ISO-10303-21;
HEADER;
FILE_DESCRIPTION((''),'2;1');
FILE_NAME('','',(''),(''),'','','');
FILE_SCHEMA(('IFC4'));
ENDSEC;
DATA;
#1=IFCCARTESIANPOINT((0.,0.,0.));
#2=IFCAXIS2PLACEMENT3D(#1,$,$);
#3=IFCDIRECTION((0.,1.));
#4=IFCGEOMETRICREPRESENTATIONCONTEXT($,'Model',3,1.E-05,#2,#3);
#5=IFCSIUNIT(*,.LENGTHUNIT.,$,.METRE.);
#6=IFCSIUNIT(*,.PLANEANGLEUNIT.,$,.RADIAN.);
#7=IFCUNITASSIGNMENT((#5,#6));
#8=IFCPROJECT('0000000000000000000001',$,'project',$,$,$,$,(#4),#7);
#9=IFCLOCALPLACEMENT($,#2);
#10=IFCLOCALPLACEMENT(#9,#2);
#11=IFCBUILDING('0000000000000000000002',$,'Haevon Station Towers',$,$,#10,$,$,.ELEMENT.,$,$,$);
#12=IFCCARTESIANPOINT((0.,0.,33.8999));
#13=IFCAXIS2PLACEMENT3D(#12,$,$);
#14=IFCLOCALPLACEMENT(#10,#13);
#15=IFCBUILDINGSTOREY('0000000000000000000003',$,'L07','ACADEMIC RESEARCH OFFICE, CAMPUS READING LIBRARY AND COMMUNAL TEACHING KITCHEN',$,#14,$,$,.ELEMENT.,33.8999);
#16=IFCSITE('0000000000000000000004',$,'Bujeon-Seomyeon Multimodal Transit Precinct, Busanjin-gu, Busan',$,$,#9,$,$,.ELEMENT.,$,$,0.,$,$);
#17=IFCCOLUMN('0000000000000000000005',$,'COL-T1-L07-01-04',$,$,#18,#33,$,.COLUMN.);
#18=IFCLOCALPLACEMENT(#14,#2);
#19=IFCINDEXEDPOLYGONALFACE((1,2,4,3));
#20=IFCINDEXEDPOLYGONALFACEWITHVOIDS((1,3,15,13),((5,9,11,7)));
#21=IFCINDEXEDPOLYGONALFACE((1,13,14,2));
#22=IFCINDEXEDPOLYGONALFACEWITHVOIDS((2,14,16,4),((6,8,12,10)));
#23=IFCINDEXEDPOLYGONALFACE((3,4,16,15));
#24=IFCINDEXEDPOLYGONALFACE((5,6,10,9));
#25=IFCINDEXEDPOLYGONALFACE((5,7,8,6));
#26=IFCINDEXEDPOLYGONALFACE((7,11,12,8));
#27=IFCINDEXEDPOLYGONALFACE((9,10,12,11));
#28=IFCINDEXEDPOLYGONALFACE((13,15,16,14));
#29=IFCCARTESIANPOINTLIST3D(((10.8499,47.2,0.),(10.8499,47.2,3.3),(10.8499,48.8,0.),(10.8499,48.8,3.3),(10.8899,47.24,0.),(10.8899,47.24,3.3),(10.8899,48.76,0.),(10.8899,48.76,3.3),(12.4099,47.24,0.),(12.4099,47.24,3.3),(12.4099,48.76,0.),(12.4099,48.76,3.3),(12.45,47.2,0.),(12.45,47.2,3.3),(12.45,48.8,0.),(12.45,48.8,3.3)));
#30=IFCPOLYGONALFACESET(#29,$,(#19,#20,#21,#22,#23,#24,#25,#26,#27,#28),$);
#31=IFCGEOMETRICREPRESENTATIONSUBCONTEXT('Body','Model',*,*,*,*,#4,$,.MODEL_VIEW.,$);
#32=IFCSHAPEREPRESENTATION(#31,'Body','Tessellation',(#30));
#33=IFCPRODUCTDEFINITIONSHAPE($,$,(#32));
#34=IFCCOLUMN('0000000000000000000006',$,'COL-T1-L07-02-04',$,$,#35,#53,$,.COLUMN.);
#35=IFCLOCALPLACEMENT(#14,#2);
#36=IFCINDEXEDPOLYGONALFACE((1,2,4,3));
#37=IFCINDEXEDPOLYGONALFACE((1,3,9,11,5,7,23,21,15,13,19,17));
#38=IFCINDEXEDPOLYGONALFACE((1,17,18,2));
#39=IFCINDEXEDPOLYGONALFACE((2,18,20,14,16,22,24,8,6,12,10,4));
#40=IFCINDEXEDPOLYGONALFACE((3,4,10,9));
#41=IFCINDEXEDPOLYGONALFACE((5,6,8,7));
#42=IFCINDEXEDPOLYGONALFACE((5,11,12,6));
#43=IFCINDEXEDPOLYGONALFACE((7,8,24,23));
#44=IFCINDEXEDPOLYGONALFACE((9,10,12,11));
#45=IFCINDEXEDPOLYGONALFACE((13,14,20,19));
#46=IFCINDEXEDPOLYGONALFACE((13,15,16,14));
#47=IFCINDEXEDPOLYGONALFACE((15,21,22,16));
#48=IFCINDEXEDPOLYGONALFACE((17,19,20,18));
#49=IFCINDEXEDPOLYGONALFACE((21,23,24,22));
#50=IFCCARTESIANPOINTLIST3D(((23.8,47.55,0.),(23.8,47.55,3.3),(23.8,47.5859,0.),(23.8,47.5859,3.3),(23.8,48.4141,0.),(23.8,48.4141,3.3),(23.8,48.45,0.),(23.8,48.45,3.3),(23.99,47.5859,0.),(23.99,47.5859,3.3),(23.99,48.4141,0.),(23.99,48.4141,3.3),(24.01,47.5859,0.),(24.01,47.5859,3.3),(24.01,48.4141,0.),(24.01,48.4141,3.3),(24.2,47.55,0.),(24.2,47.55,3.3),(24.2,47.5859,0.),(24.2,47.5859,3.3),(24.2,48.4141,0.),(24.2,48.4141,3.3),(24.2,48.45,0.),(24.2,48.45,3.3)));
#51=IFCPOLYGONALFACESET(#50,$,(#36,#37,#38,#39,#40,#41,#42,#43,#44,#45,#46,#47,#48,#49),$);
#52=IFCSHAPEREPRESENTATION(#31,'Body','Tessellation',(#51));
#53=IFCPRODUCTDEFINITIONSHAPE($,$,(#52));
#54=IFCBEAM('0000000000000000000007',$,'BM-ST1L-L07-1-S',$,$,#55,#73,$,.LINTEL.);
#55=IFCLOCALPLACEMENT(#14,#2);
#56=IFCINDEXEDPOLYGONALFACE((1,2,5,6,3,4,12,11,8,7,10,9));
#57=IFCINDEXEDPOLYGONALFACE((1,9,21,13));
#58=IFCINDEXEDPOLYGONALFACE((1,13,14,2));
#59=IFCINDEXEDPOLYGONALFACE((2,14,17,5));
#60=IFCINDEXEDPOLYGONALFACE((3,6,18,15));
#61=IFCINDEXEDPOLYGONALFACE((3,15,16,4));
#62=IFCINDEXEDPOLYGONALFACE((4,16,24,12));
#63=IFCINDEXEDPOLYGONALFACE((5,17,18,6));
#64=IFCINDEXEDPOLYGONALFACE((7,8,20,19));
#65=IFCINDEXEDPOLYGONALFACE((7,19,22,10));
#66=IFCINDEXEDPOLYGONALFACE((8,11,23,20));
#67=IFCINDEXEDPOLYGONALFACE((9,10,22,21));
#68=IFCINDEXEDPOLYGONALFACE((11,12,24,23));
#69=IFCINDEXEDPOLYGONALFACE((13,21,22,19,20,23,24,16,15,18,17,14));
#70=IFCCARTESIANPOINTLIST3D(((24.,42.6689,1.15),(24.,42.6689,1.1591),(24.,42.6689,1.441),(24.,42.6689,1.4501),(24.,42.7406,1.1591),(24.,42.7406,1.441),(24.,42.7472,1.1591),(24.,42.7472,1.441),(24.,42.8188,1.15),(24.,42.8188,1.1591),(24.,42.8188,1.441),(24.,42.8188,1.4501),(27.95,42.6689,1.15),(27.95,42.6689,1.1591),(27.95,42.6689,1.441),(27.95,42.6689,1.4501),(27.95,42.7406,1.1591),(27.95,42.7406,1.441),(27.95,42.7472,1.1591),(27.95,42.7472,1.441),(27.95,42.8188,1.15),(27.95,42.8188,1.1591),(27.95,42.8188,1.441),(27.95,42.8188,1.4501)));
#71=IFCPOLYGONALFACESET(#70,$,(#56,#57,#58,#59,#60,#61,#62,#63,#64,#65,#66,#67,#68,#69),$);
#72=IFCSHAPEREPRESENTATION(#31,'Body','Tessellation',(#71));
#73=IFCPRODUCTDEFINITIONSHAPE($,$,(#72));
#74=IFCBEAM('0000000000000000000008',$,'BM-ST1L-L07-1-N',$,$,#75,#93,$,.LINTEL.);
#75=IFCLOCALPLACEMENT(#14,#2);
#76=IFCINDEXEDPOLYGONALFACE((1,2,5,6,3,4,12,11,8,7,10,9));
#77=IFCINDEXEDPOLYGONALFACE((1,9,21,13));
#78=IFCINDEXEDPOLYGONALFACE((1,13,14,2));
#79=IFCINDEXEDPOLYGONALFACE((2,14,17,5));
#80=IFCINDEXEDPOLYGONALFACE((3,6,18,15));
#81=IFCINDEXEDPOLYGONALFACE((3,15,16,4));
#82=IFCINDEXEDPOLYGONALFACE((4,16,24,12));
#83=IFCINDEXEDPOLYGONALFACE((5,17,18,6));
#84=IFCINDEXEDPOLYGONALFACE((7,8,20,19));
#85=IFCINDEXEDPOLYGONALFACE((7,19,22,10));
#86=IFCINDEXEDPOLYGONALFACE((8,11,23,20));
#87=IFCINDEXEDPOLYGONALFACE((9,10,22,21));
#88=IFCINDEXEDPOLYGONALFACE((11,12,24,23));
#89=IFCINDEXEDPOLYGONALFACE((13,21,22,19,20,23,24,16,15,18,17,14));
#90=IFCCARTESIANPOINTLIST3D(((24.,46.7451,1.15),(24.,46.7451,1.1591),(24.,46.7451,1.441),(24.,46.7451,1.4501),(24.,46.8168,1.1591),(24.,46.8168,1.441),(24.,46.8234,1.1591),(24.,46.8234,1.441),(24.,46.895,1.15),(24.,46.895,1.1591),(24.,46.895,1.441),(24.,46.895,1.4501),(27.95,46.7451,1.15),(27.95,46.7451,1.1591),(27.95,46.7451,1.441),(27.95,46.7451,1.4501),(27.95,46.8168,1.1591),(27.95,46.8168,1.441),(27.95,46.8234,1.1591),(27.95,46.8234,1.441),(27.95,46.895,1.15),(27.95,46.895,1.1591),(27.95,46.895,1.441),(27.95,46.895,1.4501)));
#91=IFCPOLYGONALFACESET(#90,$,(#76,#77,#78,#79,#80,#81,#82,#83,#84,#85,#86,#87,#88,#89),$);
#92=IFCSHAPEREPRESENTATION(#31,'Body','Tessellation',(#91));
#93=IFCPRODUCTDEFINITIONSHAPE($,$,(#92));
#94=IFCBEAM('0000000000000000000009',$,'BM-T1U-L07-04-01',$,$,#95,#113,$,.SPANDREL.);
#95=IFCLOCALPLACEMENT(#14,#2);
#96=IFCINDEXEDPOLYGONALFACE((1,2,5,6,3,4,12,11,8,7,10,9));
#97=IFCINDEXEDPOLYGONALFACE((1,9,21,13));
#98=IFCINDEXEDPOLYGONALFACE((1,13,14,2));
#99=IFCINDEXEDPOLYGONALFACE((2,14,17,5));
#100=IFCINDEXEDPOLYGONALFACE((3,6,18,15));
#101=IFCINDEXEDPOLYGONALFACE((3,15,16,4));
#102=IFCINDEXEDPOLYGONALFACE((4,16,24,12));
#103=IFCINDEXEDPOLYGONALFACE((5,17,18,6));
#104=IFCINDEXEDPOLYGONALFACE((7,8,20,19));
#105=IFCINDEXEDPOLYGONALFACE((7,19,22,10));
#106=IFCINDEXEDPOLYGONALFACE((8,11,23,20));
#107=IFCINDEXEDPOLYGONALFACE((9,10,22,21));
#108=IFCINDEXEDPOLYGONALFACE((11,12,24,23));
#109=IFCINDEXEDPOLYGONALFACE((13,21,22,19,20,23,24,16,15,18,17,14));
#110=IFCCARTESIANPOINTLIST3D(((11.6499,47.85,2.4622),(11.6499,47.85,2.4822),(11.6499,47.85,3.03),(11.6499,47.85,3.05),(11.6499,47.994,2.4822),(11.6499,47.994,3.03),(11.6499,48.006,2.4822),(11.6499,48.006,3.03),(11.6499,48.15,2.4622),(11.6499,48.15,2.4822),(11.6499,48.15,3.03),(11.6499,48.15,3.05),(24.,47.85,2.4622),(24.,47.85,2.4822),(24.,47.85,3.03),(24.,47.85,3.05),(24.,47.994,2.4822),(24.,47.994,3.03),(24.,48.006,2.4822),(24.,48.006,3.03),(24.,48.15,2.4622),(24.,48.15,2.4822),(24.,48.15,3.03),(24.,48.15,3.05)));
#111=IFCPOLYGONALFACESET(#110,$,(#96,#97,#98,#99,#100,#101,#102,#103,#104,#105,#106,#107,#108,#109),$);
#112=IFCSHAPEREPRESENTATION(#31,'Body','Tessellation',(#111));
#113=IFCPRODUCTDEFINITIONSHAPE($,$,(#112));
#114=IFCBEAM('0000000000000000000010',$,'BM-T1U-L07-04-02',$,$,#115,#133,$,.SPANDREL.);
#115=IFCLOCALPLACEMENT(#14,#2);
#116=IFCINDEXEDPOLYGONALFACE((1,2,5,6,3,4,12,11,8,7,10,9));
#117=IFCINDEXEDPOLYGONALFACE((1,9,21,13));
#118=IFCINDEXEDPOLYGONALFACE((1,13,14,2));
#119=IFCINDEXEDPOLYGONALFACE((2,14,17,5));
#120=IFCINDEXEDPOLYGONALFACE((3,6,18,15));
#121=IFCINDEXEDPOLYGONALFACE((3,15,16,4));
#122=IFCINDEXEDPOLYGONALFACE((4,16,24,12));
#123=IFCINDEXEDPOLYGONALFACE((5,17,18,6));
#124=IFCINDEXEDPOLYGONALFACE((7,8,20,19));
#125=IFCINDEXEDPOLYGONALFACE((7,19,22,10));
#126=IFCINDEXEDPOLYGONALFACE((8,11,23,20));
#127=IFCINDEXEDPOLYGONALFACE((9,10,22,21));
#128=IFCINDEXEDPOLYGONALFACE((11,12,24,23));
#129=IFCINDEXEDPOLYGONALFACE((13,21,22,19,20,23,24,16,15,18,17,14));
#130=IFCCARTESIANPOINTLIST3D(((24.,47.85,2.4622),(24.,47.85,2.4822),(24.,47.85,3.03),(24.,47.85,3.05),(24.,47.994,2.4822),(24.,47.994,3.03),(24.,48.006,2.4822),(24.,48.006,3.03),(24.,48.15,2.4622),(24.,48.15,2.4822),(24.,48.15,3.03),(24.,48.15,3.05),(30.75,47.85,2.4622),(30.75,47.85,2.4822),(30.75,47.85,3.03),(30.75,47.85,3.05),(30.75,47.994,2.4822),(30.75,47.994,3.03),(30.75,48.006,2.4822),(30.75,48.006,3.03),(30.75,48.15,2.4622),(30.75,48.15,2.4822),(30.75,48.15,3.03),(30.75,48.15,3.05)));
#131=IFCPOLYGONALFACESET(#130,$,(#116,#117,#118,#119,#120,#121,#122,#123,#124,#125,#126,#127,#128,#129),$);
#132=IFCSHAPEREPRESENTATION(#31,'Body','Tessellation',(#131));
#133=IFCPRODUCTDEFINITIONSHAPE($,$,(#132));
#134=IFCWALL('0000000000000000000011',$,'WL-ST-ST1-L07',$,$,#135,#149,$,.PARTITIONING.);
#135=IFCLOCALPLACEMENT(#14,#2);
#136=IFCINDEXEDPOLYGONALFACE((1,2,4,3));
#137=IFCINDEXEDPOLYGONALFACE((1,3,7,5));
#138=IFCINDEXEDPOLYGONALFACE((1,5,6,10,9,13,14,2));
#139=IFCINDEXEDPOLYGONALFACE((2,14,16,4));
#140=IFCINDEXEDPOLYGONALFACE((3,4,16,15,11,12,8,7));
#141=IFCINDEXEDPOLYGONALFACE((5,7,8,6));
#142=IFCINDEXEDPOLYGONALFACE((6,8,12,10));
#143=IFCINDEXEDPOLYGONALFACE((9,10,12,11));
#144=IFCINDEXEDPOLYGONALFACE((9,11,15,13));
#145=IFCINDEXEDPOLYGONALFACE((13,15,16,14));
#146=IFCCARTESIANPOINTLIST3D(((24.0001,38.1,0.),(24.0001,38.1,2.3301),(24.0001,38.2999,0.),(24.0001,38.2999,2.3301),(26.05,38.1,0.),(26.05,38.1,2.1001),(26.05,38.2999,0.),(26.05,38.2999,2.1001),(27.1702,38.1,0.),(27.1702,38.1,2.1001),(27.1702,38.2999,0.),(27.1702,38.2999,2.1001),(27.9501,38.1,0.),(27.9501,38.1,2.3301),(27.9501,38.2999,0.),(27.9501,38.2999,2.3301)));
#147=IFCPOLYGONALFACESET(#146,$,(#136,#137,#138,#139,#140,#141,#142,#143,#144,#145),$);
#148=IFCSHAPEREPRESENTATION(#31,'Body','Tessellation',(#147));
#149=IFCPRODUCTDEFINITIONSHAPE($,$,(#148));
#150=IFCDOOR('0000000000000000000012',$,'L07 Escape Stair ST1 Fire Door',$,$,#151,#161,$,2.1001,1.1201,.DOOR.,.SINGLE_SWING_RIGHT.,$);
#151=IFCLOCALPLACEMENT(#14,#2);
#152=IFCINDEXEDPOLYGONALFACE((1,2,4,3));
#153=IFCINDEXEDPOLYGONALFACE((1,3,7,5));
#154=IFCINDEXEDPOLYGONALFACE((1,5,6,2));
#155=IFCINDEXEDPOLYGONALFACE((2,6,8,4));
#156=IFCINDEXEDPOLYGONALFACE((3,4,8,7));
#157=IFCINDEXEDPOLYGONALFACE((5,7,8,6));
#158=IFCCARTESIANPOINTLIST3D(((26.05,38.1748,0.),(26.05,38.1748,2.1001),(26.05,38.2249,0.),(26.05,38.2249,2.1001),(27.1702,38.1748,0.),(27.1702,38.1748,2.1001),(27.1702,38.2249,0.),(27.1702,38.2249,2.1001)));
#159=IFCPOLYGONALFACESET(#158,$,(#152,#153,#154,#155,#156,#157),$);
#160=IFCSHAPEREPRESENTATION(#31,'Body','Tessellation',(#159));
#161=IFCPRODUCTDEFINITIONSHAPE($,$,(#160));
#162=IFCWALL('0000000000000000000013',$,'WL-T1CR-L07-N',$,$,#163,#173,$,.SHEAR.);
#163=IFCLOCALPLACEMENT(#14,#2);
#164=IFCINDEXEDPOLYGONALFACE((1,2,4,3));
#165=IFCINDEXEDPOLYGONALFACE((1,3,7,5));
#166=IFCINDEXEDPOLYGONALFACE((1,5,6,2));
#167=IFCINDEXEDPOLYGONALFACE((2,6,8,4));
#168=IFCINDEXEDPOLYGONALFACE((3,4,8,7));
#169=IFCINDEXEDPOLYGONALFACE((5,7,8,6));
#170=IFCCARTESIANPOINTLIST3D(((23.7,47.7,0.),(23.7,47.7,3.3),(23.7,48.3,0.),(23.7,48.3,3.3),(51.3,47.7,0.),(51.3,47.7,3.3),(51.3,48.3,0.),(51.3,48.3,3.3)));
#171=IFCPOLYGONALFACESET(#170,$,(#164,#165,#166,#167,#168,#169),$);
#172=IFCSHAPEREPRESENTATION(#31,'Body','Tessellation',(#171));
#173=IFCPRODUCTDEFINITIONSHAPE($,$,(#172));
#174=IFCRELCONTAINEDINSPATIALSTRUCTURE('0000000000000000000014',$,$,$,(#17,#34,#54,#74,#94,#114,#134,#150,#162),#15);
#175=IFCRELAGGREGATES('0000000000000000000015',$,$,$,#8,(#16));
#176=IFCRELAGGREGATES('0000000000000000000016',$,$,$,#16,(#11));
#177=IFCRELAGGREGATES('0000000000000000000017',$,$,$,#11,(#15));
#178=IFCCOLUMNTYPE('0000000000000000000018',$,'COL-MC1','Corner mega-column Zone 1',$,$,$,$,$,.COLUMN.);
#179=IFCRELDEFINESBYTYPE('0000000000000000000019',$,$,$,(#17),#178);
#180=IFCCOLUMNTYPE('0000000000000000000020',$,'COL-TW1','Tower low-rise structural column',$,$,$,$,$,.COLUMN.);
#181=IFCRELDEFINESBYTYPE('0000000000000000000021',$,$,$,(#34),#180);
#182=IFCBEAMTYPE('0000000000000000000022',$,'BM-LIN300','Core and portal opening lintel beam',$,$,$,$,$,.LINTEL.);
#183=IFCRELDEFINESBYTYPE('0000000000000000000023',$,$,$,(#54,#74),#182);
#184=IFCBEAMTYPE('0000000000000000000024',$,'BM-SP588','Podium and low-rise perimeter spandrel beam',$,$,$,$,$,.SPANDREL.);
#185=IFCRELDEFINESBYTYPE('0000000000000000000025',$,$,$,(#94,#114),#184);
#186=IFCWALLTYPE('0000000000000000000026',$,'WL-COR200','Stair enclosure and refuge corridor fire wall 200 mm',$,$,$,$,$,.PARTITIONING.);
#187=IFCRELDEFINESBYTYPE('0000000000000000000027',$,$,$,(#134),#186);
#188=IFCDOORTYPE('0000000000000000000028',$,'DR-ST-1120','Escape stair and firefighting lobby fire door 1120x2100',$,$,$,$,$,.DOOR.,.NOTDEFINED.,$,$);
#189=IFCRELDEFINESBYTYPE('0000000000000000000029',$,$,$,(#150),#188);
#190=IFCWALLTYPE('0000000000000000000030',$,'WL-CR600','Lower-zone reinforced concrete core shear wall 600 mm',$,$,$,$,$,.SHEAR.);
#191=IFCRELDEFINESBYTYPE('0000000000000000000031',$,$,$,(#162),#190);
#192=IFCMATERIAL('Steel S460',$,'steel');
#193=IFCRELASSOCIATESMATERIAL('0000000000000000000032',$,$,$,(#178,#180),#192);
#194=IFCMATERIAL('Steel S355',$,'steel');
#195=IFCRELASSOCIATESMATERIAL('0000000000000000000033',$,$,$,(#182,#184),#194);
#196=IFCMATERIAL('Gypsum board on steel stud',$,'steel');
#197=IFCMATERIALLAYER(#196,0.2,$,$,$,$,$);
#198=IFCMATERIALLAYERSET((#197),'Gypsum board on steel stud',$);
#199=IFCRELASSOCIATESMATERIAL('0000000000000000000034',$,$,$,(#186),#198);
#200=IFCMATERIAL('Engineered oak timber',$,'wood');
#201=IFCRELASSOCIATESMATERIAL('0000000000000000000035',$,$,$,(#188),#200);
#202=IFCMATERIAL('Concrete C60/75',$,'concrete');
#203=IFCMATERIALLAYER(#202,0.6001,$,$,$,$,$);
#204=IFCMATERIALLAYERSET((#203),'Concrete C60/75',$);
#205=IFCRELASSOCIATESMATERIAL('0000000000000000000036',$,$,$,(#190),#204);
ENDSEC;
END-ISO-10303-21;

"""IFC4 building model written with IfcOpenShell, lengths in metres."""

from ifc_helpers import new_model, si_unit, direction, frame, frame_2d, origin, origin_2d, place, context, subcontext, project, spatial, rectangle, hollow_rectangle, i_section, extrude, material, layer, layer_set, material_profile, profile_set, type_object, element, fill, save


model = new_model("IFC4")

# Units and contexts
model_context = context("Model", 3, precision=1e-05, world=origin(), true_north=direction((0.0, 1.0)))
body_context = subcontext(model_context, "Body", "Model", "MODEL_VIEW")
ifc_project = project(units=[si_unit("LENGTHUNIT", "METRE"), si_unit("PLANEANGLEUNIT", "RADIAN")], contexts=[model_context])

# Site, building, storey
site_placement = place(None, origin())
site = spatial("IfcSite", under=ifc_project, at=site_placement, Name="Bujeon-Seomyeon Multimodal Transit Precinct, Busanjin-gu, Busan", CompositionType="ELEMENT", RefElevation=0.0)
building_placement = place(site_placement, origin())
building = spatial("IfcBuilding", under=site, at=building_placement, Name="Haevon Station Towers", CompositionType="ELEMENT")
storey_placement = place(building_placement, frame((0.0, 0.0, 33.8999)))
storey = spatial("IfcBuildingStorey", under=building, at=storey_placement, Name="L07", Description="ACADEMIC RESEARCH OFFICE, CAMPUS READING LIBRARY AND COMMUNAL TEACHING KITCHEN", CompositionType="ELEMENT", Elevation=33.8999)

# Columns
ifc_material_1 = material(Name="Steel S460", Category="steel")
ifc_material_profile_1 = material_profile(ifc_material_1, hollow_rectangle(XDim=1.6001, YDim=1.6001, WallThickness=0.04, at=origin_2d()), Name="BOX-1600x1600x40")
ifc_profile_set_1 = profile_set([ifc_material_profile_1], Name="Steel S460")
column_type_1 = type_object("IfcColumnType", Name="COL-MC1", Description="Corner mega-column Zone 1", PredefinedType="COLUMN", material=ifc_profile_set_1)
column_1_placement = place(storey_placement, frame((11.6499, 48.0, 0.0), z_axis=(0.0, 0.0, 1.0), x_axis=(1.0, 0.0, 0.0)))
element("IfcColumn", 1, at=column_1_placement, inside=storey, type_object=column_type_1, Name="COL-T1-L07-01-04", PredefinedType="COLUMN", context=body_context, shape_type="SweptSolid", body=[
    extrude(hollow_rectangle(XDim=1.6001, YDim=1.6001, WallThickness=0.04, at=origin_2d()), origin(), (0.0, 0.0, 1.0), 3.3),
])
ifc_material_profile_2 = material_profile(ifc_material_1, i_section(OverallWidth=0.3999, OverallDepth=0.8999, WebThickness=0.02, FlangeThickness=0.0359, at=origin_2d()), Name="H-900x400x20x36")
ifc_profile_set_2 = profile_set([ifc_material_profile_2], Name="Steel S460")
column_type_2 = type_object("IfcColumnType", Name="COL-TW1", Description="Tower low-rise structural column", PredefinedType="COLUMN", material=ifc_profile_set_2)
column_2_placement = place(storey_placement, frame((24.0, 48.0, 0.0), z_axis=(0.0, 0.0, 1.0), x_axis=(1.0, 0.0, 0.0)))
element("IfcColumn", 2, at=column_2_placement, inside=storey, type_object=column_type_2, Name="COL-T1-L07-02-04", PredefinedType="COLUMN", context=body_context, shape_type="SweptSolid", body=[
    extrude(i_section(OverallWidth=0.3999, OverallDepth=0.8999, WebThickness=0.02, FlangeThickness=0.0359, at=origin_2d()), origin(), (0.0, 0.0, 1.0), 3.3),
])

# Beams
ifc_material_2 = material(Name="Steel S355", Category="steel")
ifc_material_profile_3 = material_profile(ifc_material_2, i_section(OverallWidth=0.1499, OverallDepth=0.3, WebThickness=0.0066, FlangeThickness=0.009, at=origin_2d()), Name="H-300x150x6.5x9")
ifc_profile_set_3 = profile_set([ifc_material_profile_3], Name="Steel S355")
beam_type_1 = type_object("IfcBeamType", Name="BM-LIN300", Description="Core and portal opening lintel beam", PredefinedType="LINTEL", material=ifc_profile_set_3)
for number, where, z_axis, x_axis, name in (
    (3, (24.0, 42.7439, 1.3), (1.0, 0.0, 0.0), (0.0, 1.0, 0.0), "BM-ST1L-L07-1-S"),
    (4, (24.0, 46.8201, 1.3), (1.0, 0.0, 0.0), (0.0, 1.0, 0.0), "BM-ST1L-L07-1-N"),
):
    element("IfcBeam", number, at=place(storey_placement, frame(where, z_axis=z_axis, x_axis=x_axis)), inside=storey, type_object=beam_type_1, Name=name, PredefinedType="LINTEL", context=body_context, shape_type="SweptSolid", body=[
        extrude(i_section(OverallWidth=0.1499, OverallDepth=0.3, WebThickness=0.0066, FlangeThickness=0.009, at=origin_2d()), origin(), (0.0, 0.0, 1.0), 3.95),
    ])
ifc_material_profile_4 = material_profile(ifc_material_2, i_section(OverallWidth=0.3, OverallDepth=0.5879, WebThickness=0.012, FlangeThickness=0.02, at=origin_2d()), Name="H-588x300x12x20")
ifc_profile_set_4 = profile_set([ifc_material_profile_4], Name="Steel S355")
beam_type_2 = type_object("IfcBeamType", Name="BM-SP588", Description="Podium and low-rise perimeter spandrel beam", PredefinedType="SPANDREL", material=ifc_profile_set_4)
beam_1_placement = place(storey_placement, frame((11.6499, 48.0, 2.7561), z_axis=(1.0, 0.0, 0.0), x_axis=(0.0, 1.0, 0.0)))
element("IfcBeam", 5, at=beam_1_placement, inside=storey, type_object=beam_type_2, Name="BM-T1U-L07-04-01", PredefinedType="SPANDREL", context=body_context, shape_type="SweptSolid", body=[
    extrude(i_section(OverallWidth=0.3, OverallDepth=0.5879, WebThickness=0.012, FlangeThickness=0.02, at=origin_2d()), origin(), (0.0, 0.0, 1.0), 12.3501),
])
beam_2_placement = place(storey_placement, frame((24.0, 48.0, 2.7561), z_axis=(1.0, 0.0, 0.0), x_axis=(0.0, 1.0, 0.0)))
element("IfcBeam", 6, at=beam_2_placement, inside=storey, type_object=beam_type_2, Name="BM-T1U-L07-04-02", PredefinedType="SPANDREL", context=body_context, shape_type="SweptSolid", body=[
    extrude(i_section(OverallWidth=0.3, OverallDepth=0.5879, WebThickness=0.012, FlangeThickness=0.02, at=origin_2d()), origin(), (0.0, 0.0, 1.0), 6.75),
])

# Wall, opening, door
ifc_material_3 = material(Name="Gypsum board on steel stud", Category="steel")
ifc_layer_1 = layer(ifc_material_3, 0.2)
ifc_layer_set_1 = layer_set([ifc_layer_1], Name="Gypsum board on steel stud")
wall_type_1 = type_object("IfcWallType", Name="WL-COR200", Description="Stair enclosure and refuge corridor fire wall 200 mm", PredefinedType="PARTITIONING", material=ifc_layer_set_1)
wall_1_placement = place(storey_placement, frame((24.0, 38.2, 0.0), z_axis=(0.0, 0.0, 1.0), x_axis=(1.0, 0.0, 0.0)))
wall_1 = element("IfcWall", 7, at=wall_1_placement, inside=storey, type_object=wall_type_1, Name="WL-ST-ST1-L07", PredefinedType="PARTITIONING", context=body_context, shape_type="SweptSolid", body=[
    extrude(rectangle(XDim=3.95, YDim=0.2, at=frame_2d((1.9751, 0.0))), origin(), (0.0, 0.0, 1.0), 2.3301),
])
opening_placement = place(wall_1_placement, frame((2.05, 0.0, 0.0)))
opening = element("IfcOpeningElement", 8, at=opening_placement, cuts=wall_1, PredefinedType="OPENING", context=body_context, shape_type="SweptSolid", body=[
    extrude(rectangle(XDim=1.1201, YDim=2.1001, at=frame_2d((0.5601, 1.05))), frame((0.0, 0.1099, 0.0), z_axis=(0.0, -1.0, 0.0), x_axis=(1.0, 0.0, 0.0)), (0.0, 0.0, 1.0), 0.22),
])
ifc_material_4 = material(Name="Engineered oak timber", Category="wood")
door_type = type_object("IfcDoorType", Name="DR-ST-1120", Description="Escape stair and firefighting lobby fire door 1120x2100", OperationType="NOTDEFINED", PredefinedType="DOOR", material=ifc_material_4)
door_placement = place(opening_placement, origin())
door = element("IfcDoor", 9, at=door_placement, inside=storey, type_object=door_type, Name="L07 Escape Stair ST1 Fire Door", OperationType="SINGLE_SWING_RIGHT", OverallHeight=2.1001, OverallWidth=1.1201, PredefinedType="DOOR", context=body_context, shape_type="SweptSolid", body=[
    extrude(rectangle(XDim=1.1201, YDim=2.1001, at=frame_2d((0.5601, 1.05))), frame((0.0, 0.0249, 0.0), z_axis=(0.0, -1.0, 0.0), x_axis=(1.0, 0.0, 0.0)), (0.0, 0.0, 1.0), 0.05),
])
fill(opening, door)

# Wall
ifc_material_5 = material(Name="Concrete C60/75", Category="concrete")
ifc_layer_2 = layer(ifc_material_5, 0.6001)
ifc_layer_set_2 = layer_set([ifc_layer_2], Name="Concrete C60/75")
wall_type_2 = type_object("IfcWallType", Name="WL-CR600", Description="Lower-zone reinforced concrete core shear wall 600 mm", PredefinedType="SHEAR", material=ifc_layer_set_2)
wall_2_placement = place(storey_placement, frame((23.7, 48.0, 0.0), z_axis=(0.0, 0.0, 1.0), x_axis=(1.0, 0.0, 0.0)))
element("IfcWall", 10, at=wall_2_placement, inside=storey, type_object=wall_type_2, Name="WL-T1CR-L07-N", PredefinedType="SHEAR", context=body_context, shape_type="SweptSolid", body=[
    extrude(rectangle(XDim=27.6001, YDim=0.6001, at=frame_2d((13.8, 0.0))), origin(), (0.0, 0.0, 1.0), 3.3),
])

save(model, "model.ifc")
